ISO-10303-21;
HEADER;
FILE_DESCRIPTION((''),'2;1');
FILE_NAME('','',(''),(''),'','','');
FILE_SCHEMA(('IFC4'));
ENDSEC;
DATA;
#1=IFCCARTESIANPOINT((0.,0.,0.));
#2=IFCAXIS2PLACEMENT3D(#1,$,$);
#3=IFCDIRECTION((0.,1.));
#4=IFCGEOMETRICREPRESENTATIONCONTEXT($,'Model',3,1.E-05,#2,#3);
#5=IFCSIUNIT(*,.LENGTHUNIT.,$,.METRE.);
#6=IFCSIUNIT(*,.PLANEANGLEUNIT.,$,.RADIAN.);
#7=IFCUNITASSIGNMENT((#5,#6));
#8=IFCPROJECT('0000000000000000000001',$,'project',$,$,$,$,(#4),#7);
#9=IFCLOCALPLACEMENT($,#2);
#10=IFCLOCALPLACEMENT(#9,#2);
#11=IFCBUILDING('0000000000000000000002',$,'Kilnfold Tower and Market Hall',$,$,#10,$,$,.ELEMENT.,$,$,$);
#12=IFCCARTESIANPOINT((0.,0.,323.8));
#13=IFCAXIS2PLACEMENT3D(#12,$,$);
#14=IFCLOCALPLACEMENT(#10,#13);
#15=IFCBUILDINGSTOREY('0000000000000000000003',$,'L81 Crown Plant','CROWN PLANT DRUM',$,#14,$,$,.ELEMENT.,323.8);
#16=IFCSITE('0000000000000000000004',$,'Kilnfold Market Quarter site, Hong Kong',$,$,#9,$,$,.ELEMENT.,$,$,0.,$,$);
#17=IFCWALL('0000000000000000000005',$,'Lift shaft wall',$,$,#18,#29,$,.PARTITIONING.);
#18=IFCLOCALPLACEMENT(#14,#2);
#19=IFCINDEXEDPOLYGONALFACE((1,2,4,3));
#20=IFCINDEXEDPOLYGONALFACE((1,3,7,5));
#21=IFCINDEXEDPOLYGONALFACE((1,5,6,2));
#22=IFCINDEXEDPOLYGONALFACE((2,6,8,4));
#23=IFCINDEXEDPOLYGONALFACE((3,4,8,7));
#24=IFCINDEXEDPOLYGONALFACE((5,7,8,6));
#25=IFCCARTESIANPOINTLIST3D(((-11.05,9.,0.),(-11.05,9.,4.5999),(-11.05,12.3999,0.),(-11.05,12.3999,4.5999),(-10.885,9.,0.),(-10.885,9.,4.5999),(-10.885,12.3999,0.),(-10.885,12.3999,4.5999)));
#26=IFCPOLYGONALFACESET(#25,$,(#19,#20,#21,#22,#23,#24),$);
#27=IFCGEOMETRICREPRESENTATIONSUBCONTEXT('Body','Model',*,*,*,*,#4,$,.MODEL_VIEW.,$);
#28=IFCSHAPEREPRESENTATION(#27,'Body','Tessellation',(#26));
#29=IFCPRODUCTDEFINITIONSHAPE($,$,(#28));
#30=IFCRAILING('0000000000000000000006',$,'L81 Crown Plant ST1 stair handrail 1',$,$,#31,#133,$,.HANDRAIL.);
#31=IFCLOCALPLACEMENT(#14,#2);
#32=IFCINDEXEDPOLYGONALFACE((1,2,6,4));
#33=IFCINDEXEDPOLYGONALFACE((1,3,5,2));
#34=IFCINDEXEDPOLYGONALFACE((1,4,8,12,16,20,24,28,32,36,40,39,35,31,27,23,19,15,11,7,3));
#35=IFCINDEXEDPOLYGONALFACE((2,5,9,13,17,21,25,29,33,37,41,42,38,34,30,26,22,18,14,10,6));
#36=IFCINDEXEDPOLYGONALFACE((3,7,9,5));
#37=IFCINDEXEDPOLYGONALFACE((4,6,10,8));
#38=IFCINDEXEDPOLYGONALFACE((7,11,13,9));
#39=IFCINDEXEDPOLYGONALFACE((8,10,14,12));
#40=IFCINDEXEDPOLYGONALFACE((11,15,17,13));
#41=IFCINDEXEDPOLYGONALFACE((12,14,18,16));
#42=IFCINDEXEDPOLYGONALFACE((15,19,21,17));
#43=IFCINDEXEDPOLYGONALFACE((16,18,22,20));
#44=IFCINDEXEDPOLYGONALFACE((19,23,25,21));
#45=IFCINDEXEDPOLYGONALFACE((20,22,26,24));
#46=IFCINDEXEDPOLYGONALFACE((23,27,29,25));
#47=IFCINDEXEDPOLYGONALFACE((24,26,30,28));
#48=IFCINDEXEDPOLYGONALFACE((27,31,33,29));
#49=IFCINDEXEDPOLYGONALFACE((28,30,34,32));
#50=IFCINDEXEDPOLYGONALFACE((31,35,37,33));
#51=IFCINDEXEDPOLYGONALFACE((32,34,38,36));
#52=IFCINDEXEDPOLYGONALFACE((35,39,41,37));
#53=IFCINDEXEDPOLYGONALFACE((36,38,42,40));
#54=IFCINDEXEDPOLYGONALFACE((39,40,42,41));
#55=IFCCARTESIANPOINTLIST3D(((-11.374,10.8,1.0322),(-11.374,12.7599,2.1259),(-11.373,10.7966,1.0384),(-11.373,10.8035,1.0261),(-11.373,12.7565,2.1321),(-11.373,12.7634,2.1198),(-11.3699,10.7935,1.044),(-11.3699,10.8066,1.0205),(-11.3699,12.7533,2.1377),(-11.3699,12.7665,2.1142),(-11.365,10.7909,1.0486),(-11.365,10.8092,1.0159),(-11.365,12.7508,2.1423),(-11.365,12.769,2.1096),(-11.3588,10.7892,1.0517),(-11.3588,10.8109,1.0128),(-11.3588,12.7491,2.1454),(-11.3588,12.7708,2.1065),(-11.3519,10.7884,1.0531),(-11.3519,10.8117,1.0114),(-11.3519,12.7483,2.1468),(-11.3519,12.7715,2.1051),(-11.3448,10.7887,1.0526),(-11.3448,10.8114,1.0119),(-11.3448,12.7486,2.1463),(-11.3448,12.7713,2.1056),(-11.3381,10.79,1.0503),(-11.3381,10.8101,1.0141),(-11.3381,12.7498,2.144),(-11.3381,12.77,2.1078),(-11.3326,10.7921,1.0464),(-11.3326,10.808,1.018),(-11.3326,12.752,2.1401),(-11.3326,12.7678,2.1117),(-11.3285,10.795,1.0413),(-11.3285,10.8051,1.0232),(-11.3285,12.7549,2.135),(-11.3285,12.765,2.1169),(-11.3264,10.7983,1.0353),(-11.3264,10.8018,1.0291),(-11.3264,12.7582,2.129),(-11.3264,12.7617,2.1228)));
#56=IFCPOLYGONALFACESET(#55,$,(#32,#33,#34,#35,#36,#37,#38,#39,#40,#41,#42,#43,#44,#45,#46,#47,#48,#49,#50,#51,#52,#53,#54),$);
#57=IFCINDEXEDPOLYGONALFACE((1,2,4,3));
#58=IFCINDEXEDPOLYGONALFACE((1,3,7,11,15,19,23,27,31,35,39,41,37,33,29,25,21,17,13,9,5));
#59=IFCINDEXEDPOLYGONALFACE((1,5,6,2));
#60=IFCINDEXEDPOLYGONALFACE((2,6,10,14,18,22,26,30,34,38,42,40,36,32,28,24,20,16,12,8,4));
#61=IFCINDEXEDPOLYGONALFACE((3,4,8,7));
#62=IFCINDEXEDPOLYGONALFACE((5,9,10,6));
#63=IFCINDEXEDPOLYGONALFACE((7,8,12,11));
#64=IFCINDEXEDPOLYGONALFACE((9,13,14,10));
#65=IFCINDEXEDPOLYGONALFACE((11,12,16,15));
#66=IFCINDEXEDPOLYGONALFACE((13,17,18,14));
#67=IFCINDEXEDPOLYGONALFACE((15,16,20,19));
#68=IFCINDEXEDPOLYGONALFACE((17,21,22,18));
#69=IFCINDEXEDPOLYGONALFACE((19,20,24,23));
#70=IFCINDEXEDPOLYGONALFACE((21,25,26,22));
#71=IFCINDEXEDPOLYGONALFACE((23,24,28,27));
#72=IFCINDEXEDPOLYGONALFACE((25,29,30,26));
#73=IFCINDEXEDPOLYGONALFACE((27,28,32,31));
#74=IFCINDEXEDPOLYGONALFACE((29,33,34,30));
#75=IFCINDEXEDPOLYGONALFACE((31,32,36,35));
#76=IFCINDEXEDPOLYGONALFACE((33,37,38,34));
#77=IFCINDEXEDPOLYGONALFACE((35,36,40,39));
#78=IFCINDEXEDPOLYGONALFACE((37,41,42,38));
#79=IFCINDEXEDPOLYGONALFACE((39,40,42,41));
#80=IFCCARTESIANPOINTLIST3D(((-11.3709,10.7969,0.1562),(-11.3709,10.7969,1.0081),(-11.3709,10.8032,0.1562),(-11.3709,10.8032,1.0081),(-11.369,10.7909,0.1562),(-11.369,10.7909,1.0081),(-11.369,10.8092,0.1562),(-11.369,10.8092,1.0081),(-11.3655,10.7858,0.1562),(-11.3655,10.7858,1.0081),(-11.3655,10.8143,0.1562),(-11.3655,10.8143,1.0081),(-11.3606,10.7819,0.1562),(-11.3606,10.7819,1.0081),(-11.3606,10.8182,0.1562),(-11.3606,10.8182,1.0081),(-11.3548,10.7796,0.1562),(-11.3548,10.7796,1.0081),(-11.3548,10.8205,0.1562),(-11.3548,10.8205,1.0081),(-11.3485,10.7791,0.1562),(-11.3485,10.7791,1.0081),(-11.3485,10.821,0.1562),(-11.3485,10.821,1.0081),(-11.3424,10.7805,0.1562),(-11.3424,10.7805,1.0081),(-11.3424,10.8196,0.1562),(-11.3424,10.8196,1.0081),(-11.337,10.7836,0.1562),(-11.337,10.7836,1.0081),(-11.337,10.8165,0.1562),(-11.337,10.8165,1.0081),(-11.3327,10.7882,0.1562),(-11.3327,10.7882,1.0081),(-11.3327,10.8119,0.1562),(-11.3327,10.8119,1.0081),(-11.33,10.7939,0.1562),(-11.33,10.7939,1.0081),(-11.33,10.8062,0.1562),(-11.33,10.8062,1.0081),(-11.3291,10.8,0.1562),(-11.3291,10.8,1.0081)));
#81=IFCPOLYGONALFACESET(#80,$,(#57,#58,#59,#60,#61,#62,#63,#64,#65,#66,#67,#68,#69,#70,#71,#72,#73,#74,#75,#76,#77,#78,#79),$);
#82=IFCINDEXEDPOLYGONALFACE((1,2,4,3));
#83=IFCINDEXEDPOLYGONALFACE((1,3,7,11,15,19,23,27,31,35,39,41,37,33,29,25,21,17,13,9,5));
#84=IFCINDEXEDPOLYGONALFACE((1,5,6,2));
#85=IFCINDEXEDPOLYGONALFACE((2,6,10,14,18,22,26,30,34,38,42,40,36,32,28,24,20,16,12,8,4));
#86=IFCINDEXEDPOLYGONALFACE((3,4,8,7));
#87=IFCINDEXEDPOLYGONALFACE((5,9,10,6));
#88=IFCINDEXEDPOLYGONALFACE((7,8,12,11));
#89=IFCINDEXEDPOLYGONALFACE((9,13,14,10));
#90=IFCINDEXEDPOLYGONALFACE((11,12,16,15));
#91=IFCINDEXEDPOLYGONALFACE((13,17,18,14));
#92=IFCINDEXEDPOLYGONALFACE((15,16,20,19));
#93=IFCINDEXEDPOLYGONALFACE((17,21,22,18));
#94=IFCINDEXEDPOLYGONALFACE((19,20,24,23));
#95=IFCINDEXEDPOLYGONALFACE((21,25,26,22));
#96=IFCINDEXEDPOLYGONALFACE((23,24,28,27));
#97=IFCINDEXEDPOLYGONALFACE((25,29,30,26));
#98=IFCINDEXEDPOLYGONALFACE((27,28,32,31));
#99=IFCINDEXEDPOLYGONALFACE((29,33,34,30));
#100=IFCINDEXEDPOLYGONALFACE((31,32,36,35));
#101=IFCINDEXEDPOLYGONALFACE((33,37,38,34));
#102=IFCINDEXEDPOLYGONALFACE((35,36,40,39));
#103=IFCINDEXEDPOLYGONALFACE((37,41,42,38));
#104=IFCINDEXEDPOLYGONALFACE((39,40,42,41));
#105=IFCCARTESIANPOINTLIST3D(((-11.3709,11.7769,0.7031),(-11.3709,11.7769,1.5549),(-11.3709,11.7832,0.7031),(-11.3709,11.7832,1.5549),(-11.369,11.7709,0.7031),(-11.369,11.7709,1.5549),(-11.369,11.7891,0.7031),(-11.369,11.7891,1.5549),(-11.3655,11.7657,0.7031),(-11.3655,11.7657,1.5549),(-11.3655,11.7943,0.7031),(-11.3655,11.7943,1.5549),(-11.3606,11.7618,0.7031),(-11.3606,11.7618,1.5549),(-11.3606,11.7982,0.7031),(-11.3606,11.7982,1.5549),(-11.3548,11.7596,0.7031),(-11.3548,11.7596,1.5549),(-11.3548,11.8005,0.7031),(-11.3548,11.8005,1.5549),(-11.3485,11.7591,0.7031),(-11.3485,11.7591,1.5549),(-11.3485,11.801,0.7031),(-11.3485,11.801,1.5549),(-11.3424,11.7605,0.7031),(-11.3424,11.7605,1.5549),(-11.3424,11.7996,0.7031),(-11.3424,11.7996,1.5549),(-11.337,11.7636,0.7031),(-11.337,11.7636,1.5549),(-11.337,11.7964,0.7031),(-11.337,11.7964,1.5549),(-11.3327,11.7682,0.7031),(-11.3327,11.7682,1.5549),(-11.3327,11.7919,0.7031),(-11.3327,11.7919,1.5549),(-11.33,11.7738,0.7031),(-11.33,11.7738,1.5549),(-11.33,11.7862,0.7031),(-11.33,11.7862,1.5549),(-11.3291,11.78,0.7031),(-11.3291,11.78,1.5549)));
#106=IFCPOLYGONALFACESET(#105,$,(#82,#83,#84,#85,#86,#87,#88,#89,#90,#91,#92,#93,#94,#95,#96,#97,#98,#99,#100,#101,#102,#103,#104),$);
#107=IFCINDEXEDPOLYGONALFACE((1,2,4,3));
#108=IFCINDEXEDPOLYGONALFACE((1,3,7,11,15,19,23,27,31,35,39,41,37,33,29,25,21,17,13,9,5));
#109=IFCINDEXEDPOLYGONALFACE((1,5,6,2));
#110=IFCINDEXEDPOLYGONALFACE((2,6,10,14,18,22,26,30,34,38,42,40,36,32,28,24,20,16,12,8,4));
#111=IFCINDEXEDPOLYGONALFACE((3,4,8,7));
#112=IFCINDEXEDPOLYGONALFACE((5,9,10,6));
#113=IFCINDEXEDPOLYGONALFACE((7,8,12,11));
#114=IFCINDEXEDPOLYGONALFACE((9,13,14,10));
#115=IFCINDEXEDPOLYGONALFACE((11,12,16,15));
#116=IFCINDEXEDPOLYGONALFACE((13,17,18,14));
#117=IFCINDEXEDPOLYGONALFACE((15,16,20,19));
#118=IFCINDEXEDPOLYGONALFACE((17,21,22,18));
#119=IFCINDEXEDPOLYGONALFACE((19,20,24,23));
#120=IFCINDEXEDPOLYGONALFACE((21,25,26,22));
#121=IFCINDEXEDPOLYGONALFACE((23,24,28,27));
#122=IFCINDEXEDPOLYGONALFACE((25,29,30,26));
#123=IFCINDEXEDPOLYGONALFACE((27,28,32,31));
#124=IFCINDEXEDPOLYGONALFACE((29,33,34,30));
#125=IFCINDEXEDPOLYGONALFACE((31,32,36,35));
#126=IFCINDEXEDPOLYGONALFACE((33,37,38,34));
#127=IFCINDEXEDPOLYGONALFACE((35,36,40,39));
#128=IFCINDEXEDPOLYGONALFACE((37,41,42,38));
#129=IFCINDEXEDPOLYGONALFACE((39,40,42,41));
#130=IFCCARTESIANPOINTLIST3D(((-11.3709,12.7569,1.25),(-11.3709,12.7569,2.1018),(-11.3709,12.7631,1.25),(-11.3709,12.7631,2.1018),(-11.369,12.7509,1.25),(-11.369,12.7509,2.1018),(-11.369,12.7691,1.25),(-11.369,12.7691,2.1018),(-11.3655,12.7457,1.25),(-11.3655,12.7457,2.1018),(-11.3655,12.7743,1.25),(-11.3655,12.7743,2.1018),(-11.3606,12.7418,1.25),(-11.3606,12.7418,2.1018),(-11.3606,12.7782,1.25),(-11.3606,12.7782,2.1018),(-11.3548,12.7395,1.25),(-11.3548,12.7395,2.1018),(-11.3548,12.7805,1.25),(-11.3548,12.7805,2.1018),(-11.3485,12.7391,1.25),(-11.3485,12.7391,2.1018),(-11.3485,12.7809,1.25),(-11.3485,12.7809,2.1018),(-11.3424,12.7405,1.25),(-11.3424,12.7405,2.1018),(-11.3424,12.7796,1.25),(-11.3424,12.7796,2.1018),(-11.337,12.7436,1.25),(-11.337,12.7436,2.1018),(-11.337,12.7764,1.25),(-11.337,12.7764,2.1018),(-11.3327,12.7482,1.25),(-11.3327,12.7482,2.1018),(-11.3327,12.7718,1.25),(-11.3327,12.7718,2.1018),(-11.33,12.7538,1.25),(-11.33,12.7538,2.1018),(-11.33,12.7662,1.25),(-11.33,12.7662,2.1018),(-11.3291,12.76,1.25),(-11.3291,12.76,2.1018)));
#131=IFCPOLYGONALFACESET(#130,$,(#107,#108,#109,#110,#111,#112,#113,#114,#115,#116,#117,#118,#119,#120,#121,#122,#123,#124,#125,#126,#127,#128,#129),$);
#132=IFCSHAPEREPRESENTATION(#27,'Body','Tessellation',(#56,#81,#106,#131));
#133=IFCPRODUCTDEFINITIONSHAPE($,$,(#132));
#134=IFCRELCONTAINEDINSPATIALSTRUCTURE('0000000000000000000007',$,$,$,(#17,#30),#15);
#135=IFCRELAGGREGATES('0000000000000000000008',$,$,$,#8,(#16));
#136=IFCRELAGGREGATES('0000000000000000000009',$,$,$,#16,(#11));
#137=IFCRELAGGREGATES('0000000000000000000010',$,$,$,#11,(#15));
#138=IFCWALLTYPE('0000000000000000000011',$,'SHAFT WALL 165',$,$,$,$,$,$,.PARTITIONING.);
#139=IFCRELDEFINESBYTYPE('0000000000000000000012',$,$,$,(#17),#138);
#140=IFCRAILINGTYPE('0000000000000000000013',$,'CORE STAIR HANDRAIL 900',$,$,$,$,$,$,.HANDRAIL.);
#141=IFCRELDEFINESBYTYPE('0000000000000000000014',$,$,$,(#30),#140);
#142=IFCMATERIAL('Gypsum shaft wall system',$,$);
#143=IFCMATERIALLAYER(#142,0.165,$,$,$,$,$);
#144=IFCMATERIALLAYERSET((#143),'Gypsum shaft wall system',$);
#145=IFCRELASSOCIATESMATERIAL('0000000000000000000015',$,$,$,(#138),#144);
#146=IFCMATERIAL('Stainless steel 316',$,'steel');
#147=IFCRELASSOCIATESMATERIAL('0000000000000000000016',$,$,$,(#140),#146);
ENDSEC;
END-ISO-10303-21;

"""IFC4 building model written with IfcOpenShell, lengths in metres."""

from ifc_helpers import new_model, si_unit, direction, frame, frame_2d, origin, origin_2d, place, context, subcontext, project, spatial, rectangle, circle, extrude, source, transform, mapped, material, layer, layer_set, type_object, element, save


model = new_model("IFC4")

# Units and contexts
model_context = context("Model", 3, precision=1e-05, world=origin(), true_north=direction((0.0, 1.0)))
body_context = subcontext(model_context, "Body", "Model", "MODEL_VIEW")
ifc_project = project(units=[si_unit("LENGTHUNIT", "METRE"), si_unit("PLANEANGLEUNIT", "RADIAN")], contexts=[model_context])

# Site, building, storey
site_placement = place(None, origin())
site = spatial("IfcSite", under=ifc_project, at=site_placement, Name="Kilnfold Market Quarter site, Hong Kong", CompositionType="ELEMENT", RefElevation=0.0)
building_placement = place(site_placement, origin())
building = spatial("IfcBuilding", under=site, at=building_placement, Name="Kilnfold Tower and Market Hall", CompositionType="ELEMENT")
storey_placement = place(building_placement, frame((0.0, 0.0, 323.8)))
storey = spatial("IfcBuildingStorey", under=building, at=storey_placement, Name="L81 Crown Plant", Description="CROWN PLANT DRUM", CompositionType="ELEMENT", Elevation=323.8)

# Wall
ifc_material_1 = material(Name="Gypsum shaft wall system")
ifc_layer_1 = layer(ifc_material_1, 0.165)
ifc_layer_set_1 = layer_set([ifc_layer_1], Name="Gypsum shaft wall system")
wall_type_1 = type_object("IfcWallType", Name="SHAFT WALL 165", PredefinedType="PARTITIONING", material=ifc_layer_set_1)
shared_shape_1 = source(origin(), body_context, "Body", "SweptSolid", [
    extrude(rectangle(XDim=3.3999, YDim=0.165, at=frame_2d((1.7, 0.0))), origin(), (0.0, 0.0, 1.0), 4.5999),
])
wall_1_placement = place(storey_placement, frame((-10.9675, 9.0, 0.0), z_axis=(0.0, 0.0, 1.0), x_axis=(0.0, 1.0, 0.0)))
element("IfcWall", 1, at=wall_1_placement, inside=storey, type_object=wall_type_1, Name="Lift shaft wall", PredefinedType="PARTITIONING", context=body_context, shape_type="MappedRepresentation", body=[
    mapped(shared_shape_1, transform((0.0, 0.0, 0.0))),
])

# Railing
ifc_material_2 = material(Name="Stainless steel 316", Category="steel")
railing_type_1 = type_object("IfcRailingType", Name="CORE STAIR HANDRAIL 900", PredefinedType="HANDRAIL", material=ifc_material_2)
railing_1_placement = place(storey_placement, frame((-11.3501, 10.8, 0.1562)))
element("IfcRailing", 2, at=railing_1_placement, inside=storey, type_object=railing_type_1, Name="L81 Crown Plant ST1 stair handrail 1", PredefinedType="HANDRAIL", context=body_context, shape_type="SweptSolid", body=[
    extrude(circle(Radius=0.0239, at=origin_2d()), frame((0.0, 0.0, 0.876), z_axis=(0.0, 0.873232, 0.487304), x_axis=(-1.0, 0.0, 0.0)), (0.0, 0.0, 1.0), 2.2444),
    extrude(circle(Radius=0.021, at=origin_2d()), origin(), (0.0, 0.0, 1.0), 0.8518),
    extrude(circle(Radius=0.021, at=origin_2d()), frame((0.0, 0.98, 0.5469)), (0.0, 0.0, 1.0), 0.8518),
    extrude(circle(Radius=0.021, at=origin_2d()), frame((0.0, 1.96, 1.0938)), (0.0, 0.0, 1.0), 0.8518),
])

save(model, "model.ifc")
